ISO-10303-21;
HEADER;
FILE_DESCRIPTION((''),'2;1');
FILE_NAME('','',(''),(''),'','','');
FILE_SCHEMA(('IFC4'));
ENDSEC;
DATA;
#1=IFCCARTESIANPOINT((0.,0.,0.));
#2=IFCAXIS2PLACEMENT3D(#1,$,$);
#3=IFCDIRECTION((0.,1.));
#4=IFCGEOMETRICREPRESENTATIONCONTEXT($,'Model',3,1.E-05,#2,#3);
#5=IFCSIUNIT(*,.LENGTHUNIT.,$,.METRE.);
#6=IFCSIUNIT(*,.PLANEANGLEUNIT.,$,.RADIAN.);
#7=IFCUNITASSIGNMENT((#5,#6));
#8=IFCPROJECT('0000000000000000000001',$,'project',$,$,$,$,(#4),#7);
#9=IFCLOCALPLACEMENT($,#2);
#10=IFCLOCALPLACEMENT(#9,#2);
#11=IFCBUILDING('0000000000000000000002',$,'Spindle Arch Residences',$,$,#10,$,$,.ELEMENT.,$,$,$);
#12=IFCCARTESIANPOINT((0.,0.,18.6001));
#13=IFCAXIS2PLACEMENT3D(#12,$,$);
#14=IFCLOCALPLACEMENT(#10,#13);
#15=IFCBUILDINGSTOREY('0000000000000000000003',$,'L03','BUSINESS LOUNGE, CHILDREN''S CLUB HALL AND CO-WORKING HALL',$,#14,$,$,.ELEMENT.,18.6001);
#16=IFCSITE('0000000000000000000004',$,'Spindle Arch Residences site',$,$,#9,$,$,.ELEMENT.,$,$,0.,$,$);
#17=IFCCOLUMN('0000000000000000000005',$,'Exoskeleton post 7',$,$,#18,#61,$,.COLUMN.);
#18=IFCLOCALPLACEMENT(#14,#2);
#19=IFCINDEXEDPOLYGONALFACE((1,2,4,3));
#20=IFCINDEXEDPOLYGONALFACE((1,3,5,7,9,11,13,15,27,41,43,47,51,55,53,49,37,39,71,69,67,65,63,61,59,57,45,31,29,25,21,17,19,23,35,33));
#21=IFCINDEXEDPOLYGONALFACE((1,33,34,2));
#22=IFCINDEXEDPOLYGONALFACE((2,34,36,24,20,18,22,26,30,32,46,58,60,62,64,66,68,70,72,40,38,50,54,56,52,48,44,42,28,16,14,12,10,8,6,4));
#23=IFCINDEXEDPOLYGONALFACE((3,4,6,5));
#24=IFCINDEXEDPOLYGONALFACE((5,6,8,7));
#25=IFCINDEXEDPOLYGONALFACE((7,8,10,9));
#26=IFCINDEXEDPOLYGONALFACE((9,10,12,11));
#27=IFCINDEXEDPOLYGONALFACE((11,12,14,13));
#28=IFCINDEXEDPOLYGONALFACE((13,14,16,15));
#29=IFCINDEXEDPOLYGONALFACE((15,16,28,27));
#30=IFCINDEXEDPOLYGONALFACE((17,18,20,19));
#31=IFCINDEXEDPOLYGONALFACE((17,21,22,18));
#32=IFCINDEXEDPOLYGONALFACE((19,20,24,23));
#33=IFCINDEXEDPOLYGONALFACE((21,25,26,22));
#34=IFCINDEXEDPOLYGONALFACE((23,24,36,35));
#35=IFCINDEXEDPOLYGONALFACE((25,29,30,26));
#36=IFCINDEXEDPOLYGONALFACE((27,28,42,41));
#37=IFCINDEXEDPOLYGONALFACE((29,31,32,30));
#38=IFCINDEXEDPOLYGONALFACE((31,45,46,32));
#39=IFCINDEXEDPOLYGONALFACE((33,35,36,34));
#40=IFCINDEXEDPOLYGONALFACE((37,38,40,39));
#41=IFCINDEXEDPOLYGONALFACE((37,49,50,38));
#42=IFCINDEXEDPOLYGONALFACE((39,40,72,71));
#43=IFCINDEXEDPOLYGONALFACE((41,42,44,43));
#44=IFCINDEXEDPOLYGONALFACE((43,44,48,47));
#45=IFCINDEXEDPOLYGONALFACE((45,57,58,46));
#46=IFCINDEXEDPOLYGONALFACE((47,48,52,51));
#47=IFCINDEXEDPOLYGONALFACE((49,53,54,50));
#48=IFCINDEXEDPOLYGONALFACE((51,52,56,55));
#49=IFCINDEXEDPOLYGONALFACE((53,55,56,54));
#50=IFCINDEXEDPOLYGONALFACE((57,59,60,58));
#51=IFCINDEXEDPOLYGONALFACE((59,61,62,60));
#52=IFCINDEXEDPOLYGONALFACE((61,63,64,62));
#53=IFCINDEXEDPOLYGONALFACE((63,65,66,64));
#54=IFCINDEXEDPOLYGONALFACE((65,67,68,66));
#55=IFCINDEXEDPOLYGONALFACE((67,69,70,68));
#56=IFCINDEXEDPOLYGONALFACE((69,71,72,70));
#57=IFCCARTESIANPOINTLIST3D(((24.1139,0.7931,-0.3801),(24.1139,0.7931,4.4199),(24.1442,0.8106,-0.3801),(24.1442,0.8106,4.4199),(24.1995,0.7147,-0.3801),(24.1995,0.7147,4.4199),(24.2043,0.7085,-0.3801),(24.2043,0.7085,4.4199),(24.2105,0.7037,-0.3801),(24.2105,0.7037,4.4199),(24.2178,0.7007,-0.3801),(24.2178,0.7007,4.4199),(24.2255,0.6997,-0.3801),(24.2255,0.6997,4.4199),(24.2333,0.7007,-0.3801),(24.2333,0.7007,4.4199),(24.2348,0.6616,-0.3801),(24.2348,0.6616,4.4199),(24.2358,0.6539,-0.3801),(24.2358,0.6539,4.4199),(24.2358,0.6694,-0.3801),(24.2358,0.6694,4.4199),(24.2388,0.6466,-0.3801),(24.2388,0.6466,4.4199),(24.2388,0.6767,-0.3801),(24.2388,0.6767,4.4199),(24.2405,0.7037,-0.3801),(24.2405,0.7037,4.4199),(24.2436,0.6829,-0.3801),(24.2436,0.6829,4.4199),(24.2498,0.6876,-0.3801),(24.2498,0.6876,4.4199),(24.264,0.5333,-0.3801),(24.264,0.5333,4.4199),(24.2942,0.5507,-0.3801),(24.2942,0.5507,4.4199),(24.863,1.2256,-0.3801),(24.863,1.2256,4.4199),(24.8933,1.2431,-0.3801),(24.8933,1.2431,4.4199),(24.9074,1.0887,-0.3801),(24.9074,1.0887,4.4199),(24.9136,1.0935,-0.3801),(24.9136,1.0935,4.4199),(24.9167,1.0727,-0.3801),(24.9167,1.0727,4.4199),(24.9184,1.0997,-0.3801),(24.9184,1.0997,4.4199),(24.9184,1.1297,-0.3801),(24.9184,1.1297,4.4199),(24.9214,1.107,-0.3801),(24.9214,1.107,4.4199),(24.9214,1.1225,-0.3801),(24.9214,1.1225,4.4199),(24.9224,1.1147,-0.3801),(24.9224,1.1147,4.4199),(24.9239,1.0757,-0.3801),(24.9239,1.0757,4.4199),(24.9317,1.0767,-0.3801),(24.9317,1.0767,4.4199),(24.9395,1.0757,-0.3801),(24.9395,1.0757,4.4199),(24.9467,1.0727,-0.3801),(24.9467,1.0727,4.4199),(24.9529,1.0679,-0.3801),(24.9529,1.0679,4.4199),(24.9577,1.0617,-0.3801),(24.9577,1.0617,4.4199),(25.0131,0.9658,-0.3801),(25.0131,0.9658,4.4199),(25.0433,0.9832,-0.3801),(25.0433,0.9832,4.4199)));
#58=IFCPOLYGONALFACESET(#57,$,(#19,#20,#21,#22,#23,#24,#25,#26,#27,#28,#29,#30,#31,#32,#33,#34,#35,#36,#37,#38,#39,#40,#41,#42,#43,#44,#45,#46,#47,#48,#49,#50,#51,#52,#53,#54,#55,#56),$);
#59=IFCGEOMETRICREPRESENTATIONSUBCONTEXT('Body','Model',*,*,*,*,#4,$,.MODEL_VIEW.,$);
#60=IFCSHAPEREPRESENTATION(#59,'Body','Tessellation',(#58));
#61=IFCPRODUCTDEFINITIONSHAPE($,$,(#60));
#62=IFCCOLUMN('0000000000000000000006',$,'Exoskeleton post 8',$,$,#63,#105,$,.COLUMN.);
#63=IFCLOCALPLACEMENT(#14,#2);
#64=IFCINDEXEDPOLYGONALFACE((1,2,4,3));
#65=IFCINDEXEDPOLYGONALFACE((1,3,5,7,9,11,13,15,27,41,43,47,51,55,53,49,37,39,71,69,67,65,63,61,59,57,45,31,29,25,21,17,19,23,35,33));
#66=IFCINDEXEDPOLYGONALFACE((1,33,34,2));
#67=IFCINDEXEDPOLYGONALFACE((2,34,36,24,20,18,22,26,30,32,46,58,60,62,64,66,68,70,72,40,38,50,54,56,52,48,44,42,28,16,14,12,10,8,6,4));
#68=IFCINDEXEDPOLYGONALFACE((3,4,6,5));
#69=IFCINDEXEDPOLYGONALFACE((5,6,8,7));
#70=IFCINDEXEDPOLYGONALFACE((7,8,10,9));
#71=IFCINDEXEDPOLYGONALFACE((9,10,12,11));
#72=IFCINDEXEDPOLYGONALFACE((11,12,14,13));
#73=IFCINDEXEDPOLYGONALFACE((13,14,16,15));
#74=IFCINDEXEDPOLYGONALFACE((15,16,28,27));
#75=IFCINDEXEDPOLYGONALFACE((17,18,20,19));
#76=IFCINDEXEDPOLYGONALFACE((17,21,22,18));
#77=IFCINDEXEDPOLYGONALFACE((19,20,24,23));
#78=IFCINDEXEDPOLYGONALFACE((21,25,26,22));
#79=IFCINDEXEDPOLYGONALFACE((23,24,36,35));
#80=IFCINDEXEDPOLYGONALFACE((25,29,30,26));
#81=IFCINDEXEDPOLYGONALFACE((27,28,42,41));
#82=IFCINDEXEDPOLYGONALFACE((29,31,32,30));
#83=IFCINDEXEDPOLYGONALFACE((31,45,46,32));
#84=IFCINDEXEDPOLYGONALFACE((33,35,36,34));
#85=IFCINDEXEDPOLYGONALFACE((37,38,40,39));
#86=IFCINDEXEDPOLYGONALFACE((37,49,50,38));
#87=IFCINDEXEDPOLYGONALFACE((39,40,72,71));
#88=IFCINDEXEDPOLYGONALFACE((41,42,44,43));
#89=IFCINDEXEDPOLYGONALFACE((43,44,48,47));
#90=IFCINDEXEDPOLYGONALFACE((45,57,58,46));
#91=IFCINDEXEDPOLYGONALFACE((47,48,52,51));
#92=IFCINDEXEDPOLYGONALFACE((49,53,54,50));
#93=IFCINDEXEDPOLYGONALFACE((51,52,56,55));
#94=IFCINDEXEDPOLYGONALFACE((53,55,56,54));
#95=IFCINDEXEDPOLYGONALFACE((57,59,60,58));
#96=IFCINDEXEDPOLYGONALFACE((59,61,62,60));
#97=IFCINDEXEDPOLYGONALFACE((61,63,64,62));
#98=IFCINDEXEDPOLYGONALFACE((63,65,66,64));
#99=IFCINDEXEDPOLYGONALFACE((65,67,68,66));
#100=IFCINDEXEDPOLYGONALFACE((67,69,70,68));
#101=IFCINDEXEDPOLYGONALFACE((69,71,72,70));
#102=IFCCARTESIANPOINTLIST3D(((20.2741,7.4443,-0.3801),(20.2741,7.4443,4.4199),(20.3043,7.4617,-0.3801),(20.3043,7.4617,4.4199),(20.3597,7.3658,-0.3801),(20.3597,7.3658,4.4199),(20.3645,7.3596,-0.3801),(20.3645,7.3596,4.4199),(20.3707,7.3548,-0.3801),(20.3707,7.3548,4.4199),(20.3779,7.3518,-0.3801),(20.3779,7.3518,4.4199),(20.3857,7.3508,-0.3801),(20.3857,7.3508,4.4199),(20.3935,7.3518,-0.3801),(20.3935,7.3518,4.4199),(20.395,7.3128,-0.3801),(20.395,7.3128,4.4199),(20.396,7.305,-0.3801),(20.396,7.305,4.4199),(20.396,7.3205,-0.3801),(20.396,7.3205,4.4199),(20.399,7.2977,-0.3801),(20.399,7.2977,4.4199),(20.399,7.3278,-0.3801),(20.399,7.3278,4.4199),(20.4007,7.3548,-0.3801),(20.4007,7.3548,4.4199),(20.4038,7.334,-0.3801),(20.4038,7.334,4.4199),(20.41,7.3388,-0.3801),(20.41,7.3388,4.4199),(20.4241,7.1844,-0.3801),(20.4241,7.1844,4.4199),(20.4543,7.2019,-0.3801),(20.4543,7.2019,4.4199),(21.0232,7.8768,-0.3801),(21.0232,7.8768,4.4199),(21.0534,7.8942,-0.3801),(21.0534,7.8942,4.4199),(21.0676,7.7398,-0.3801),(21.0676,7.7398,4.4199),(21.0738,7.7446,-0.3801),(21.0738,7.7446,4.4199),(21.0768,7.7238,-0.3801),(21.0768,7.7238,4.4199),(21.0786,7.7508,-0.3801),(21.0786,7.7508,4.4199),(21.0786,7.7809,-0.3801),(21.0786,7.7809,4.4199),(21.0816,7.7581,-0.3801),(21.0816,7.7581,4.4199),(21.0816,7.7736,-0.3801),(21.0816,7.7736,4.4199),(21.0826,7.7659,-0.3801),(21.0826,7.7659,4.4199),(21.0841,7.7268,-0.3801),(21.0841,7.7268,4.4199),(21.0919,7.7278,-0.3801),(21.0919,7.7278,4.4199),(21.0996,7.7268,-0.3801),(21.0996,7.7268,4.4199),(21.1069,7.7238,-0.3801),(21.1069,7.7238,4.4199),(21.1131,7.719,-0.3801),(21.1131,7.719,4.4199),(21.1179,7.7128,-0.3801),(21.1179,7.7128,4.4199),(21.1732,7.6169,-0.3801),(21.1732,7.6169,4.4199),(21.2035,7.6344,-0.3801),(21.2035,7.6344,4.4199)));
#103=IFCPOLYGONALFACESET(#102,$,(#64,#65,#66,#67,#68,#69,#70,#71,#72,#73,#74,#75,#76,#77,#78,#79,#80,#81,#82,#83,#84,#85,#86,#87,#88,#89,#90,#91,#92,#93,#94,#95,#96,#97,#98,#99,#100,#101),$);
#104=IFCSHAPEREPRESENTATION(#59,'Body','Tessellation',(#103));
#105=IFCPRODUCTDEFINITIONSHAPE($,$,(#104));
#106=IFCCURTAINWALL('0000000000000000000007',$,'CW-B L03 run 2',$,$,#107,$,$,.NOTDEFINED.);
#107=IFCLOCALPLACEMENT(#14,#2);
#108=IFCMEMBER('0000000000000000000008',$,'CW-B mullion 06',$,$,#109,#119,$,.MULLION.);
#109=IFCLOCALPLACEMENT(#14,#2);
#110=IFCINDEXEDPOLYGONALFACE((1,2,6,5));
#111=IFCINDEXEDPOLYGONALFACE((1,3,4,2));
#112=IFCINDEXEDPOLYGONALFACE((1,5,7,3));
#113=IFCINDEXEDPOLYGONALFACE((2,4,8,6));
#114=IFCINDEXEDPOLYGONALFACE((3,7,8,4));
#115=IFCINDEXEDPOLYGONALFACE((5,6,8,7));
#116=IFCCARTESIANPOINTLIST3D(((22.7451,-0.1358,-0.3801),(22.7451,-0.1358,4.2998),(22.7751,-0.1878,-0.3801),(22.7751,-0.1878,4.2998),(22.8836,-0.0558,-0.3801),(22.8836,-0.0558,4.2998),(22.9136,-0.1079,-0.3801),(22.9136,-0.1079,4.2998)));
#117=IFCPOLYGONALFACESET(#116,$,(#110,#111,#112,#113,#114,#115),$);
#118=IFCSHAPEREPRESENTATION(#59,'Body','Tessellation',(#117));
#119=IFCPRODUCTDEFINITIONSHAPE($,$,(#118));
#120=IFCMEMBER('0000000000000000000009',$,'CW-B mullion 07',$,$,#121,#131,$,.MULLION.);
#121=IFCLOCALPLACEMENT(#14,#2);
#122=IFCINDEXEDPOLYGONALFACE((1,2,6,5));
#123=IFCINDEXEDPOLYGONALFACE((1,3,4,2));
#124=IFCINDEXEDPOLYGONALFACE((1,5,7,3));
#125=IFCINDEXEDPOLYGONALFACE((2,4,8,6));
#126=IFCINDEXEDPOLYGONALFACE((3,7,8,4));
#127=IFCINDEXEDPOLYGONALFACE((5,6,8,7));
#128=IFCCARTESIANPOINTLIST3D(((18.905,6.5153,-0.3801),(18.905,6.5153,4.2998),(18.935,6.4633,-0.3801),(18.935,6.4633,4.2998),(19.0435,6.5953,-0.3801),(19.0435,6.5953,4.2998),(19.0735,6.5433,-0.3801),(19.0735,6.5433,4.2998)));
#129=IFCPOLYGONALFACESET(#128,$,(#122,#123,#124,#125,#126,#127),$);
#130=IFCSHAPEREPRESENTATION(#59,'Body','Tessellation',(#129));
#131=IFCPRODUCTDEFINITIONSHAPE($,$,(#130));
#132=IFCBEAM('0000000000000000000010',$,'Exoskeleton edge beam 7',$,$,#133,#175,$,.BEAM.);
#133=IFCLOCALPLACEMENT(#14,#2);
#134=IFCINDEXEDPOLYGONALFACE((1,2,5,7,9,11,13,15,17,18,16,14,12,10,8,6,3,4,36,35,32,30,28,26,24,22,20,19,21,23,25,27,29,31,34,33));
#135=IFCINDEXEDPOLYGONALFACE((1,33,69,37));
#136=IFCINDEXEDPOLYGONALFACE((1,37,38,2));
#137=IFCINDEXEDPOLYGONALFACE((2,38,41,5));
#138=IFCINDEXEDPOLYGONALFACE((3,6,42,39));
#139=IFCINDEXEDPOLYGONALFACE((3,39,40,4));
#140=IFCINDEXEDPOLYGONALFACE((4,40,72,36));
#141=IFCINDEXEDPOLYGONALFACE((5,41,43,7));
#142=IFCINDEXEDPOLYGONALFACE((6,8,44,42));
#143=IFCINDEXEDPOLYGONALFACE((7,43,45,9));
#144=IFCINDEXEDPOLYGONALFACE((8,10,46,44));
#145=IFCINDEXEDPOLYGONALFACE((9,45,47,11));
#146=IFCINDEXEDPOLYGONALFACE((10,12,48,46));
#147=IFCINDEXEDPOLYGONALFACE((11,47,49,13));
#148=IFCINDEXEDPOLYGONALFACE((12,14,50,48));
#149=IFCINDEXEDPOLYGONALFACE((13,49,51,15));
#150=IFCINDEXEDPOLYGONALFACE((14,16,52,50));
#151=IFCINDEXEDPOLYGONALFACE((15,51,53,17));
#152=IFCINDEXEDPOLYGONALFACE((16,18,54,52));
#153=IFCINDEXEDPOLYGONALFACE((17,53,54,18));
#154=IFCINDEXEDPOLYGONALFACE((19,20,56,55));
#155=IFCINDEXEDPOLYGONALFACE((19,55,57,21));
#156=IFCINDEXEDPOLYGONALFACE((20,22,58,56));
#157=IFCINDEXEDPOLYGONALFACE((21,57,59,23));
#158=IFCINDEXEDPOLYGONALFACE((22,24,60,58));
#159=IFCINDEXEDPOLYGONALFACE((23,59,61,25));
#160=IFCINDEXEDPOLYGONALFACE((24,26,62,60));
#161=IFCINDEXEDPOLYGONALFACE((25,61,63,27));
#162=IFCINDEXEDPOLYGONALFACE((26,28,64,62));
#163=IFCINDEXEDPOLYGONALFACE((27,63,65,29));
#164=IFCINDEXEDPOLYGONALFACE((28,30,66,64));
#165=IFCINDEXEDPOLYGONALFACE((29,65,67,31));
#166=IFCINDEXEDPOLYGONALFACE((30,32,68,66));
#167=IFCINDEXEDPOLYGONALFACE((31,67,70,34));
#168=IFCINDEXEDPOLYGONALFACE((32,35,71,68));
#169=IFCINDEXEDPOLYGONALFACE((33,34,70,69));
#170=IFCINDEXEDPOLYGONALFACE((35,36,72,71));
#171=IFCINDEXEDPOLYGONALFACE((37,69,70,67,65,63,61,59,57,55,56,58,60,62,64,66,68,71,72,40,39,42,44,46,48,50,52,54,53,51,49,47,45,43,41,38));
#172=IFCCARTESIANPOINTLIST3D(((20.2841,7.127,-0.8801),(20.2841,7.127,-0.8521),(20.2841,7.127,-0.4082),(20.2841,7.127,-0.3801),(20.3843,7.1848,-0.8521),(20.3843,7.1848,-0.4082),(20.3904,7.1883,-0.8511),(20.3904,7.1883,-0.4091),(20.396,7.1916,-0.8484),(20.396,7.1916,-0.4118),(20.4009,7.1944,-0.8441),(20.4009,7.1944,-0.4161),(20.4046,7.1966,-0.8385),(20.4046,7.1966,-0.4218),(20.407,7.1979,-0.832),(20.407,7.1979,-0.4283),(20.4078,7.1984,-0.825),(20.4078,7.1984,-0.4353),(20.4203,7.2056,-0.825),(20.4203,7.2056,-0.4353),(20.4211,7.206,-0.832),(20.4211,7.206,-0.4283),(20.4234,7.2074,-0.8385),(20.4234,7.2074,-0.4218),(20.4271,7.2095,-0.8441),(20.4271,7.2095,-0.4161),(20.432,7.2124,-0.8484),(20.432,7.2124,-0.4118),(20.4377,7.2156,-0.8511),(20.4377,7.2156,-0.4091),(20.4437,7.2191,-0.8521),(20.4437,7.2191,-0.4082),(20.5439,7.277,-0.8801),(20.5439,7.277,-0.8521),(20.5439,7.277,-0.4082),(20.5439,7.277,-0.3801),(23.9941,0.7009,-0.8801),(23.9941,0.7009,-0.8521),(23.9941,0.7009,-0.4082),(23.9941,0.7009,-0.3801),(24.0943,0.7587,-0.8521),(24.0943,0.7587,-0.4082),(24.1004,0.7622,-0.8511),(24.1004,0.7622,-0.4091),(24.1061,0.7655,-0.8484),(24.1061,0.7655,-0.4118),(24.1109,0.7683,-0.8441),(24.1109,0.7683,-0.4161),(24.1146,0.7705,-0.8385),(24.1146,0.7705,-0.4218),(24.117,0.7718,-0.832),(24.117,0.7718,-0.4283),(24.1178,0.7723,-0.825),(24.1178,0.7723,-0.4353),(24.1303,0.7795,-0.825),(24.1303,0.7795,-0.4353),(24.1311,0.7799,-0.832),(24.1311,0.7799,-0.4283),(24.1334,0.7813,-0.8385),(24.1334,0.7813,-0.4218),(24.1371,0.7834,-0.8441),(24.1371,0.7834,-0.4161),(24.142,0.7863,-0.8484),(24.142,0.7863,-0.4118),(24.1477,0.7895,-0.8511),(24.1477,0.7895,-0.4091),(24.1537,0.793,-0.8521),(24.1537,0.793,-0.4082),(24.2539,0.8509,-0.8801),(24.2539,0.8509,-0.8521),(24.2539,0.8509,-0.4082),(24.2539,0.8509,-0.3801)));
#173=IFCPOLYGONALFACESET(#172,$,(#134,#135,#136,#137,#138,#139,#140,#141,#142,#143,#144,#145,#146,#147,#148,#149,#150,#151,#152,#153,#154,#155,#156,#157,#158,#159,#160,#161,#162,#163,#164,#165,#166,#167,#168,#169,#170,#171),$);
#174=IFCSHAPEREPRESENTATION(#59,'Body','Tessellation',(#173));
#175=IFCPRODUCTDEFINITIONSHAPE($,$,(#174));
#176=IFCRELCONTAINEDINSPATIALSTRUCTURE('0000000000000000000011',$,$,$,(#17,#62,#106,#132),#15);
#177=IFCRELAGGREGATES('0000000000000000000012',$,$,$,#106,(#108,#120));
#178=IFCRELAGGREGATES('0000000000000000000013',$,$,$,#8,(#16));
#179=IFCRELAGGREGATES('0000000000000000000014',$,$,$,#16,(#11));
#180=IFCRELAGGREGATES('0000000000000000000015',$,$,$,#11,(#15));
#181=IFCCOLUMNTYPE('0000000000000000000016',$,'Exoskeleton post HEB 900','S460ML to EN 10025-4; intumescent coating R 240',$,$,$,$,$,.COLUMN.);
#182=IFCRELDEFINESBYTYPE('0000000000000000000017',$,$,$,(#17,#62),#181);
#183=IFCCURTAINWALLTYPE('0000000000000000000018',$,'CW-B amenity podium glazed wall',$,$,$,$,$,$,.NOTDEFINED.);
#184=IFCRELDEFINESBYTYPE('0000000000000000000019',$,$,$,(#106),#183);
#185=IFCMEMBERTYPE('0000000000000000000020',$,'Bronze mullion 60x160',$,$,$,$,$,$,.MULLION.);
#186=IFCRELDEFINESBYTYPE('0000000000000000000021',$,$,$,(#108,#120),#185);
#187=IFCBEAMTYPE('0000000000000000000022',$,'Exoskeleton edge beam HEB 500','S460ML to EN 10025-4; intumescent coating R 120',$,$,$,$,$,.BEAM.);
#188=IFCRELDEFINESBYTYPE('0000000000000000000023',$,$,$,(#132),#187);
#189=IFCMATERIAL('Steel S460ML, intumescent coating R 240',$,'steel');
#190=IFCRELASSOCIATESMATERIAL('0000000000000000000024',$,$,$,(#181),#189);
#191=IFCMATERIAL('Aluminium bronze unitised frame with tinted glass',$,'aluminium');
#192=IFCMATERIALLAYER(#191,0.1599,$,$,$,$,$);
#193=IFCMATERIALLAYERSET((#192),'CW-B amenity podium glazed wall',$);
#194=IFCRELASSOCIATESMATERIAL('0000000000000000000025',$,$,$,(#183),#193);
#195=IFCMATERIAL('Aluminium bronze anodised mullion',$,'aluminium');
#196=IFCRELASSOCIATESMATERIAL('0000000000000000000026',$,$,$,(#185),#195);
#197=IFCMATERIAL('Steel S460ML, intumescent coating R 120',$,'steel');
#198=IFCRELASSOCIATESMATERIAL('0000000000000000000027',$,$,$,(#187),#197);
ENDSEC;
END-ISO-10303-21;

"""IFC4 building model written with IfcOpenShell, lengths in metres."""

from ifc_helpers import new_model, si_unit, direction, frame, origin, origin_2d, place, context, subcontext, project, spatial, rectangle, i_section, extrude, material, layer, layer_set, material_profile, profile_set, type_object, element, aggregate, save


model = new_model("IFC4")

# Units and contexts
model_context = context("Model", 3, precision=1e-05, world=origin(), true_north=direction((0.0, 1.0)))
body_context = subcontext(model_context, "Body", "Model", "MODEL_VIEW")
ifc_project = project(units=[si_unit("LENGTHUNIT", "METRE"), si_unit("PLANEANGLEUNIT", "RADIAN")], contexts=[model_context])

# Site, building, storey
site_placement = place(None, origin())
site = spatial("IfcSite", under=ifc_project, at=site_placement, Name="Spindle Arch Residences site", CompositionType="ELEMENT", RefElevation=0.0)
building_placement = place(site_placement, origin())
building = spatial("IfcBuilding", under=site, at=building_placement, Name="Spindle Arch Residences", CompositionType="ELEMENT")
storey_placement = place(building_placement, frame((0.0, 0.0, 18.6001)))
storey = spatial("IfcBuildingStorey", under=building, at=storey_placement, Name="L03", Description="BUSINESS LOUNGE, CHILDREN'S CLUB HALL AND CO-WORKING HALL", CompositionType="ELEMENT", Elevation=18.6001)

# Columns
ifc_material_1 = material(Name="Steel S460ML, intumescent coating R 240", Category="steel")
ifc_material_profile_1 = material_profile(ifc_material_1, i_section(OverallWidth=0.3, OverallDepth=0.8999, WebThickness=0.0186, FlangeThickness=0.0349, FilletRadius=0.03, at=origin_2d()), Name="HEB 900")
ifc_profile_set_1 = profile_set([ifc_material_profile_1], Name="Steel S460ML, intumescent coating R 240")
column_type = type_object("IfcColumnType", Name="Exoskeleton post HEB 900", Description="S460ML to EN 10025-4; intumescent coating R 240", PredefinedType="COLUMN", material=ifc_profile_set_1)
for number, where, z_axis, x_axis, name in (
    (1, (24.5786, 0.8882, -0.3801), (0.0, 0.0, 1.0), (0.5, -0.866025, 0.0), "Exoskeleton post 7"),
    (2, (20.7388, 7.5393, -0.3801), (0.0, 0.0, 1.0), (0.5, -0.866025, 0.0), "Exoskeleton post 8"),
):
    element("IfcColumn", number, at=place(storey_placement, frame(where, z_axis=z_axis, x_axis=x_axis)), inside=storey, type_object=column_type, Name=name, PredefinedType="COLUMN", context=body_context, shape_type="SweptSolid", body=[
        extrude(i_section(OverallWidth=0.3, OverallDepth=0.8999, WebThickness=0.0186, FlangeThickness=0.0349, FilletRadius=0.03, at=origin_2d()), origin(), (0.0, 0.0, 1.0), 4.8),
    ])

# Curtain wall, members
ifc_material_2 = material(Name="Aluminium bronze unitised frame with tinted glass", Category="aluminium")
ifc_layer_1 = layer(ifc_material_2, 0.1599)
ifc_layer_set_1 = layer_set([ifc_layer_1], Name="CW-B amenity podium glazed wall")
curtain_wall_type = type_object("IfcCurtainWallType", Name="CW-B amenity podium glazed wall", PredefinedType="NOTDEFINED", material=ifc_layer_set_1)
curtain_wall_placement = place(storey_placement, origin())
curtain_wall = element("IfcCurtainWall", 3, at=curtain_wall_placement, inside=storey, type_object=curtain_wall_type, Name="CW-B L03 run 2", PredefinedType="NOTDEFINED")
ifc_material_3 = material(Name="Aluminium bronze anodised mullion", Category="aluminium")
ifc_material_profile_2 = material_profile(ifc_material_3, rectangle(XDim=0.1599, YDim=0.0601, at=origin_2d()), Name="MU 60x160")
ifc_profile_set_2 = profile_set([ifc_material_profile_2], Name="Aluminium bronze anodised mullion")
member_type = type_object("IfcMemberType", Name="Bronze mullion 60x160", PredefinedType="MULLION", material=ifc_profile_set_2)
member_1_placement = place(storey_placement, frame((22.8293, -0.1218, -0.3801), z_axis=(0.0, 0.0, 1.0), x_axis=(-0.866025, -0.5, 0.0)))
member_1 = element("IfcMember", 4, at=member_1_placement, type_object=member_type, Name="CW-B mullion 06", PredefinedType="MULLION", context=body_context, shape_type="SweptSolid", body=[
    extrude(rectangle(XDim=0.1599, YDim=0.0601, at=origin_2d()), origin(), (0.0, 0.0, 1.0), 4.6799),
])
member_2_placement = place(storey_placement, frame((18.9893, 6.5293, -0.3801), z_axis=(0.0, 0.0, 1.0), x_axis=(-0.866025, -0.5, 0.0)))
member_2 = element("IfcMember", 5, at=member_2_placement, type_object=member_type, Name="CW-B mullion 07", PredefinedType="MULLION", context=body_context, shape_type="SweptSolid", body=[
    extrude(rectangle(XDim=0.1599, YDim=0.0601, at=origin_2d()), origin(), (0.0, 0.0, 1.0), 4.6799),
])

# Beam
ifc_material_4 = material(Name="Steel S460ML, intumescent coating R 120", Category="steel")
ifc_material_profile_3 = material_profile(ifc_material_4, i_section(OverallWidth=0.3, OverallDepth=0.5, WebThickness=0.0144, FlangeThickness=0.0281, FilletRadius=0.0271, at=origin_2d()), Name="HEB 500")
ifc_profile_set_3 = profile_set([ifc_material_profile_3], Name="Steel S460ML, intumescent coating R 120")
beam_type_1 = type_object("IfcBeamType", Name="Exoskeleton edge beam HEB 500", Description="S460ML to EN 10025-4; intumescent coating R 120", PredefinedType="BEAM", material=ifc_profile_set_3)
beam_1_placement = place(storey_placement, frame((24.124, 0.7759, -0.6301), z_axis=(-0.499989, 0.866032, 0.0), x_axis=(-0.866032, -0.499989, 0.0)))
element("IfcBeam", 6, at=beam_1_placement, inside=storey, type_object=beam_type_1, Name="Exoskeleton edge beam 7", PredefinedType="BEAM", context=body_context, shape_type="SweptSolid", body=[
    extrude(i_section(OverallWidth=0.3, OverallDepth=0.5, WebThickness=0.0144, FlangeThickness=0.0281, FilletRadius=0.0271, at=origin_2d()), origin(), (0.0, 0.0, 1.0), 7.4202),
])

aggregate(curtain_wall, [member_1, member_2])

save(model, "model.ifc")
